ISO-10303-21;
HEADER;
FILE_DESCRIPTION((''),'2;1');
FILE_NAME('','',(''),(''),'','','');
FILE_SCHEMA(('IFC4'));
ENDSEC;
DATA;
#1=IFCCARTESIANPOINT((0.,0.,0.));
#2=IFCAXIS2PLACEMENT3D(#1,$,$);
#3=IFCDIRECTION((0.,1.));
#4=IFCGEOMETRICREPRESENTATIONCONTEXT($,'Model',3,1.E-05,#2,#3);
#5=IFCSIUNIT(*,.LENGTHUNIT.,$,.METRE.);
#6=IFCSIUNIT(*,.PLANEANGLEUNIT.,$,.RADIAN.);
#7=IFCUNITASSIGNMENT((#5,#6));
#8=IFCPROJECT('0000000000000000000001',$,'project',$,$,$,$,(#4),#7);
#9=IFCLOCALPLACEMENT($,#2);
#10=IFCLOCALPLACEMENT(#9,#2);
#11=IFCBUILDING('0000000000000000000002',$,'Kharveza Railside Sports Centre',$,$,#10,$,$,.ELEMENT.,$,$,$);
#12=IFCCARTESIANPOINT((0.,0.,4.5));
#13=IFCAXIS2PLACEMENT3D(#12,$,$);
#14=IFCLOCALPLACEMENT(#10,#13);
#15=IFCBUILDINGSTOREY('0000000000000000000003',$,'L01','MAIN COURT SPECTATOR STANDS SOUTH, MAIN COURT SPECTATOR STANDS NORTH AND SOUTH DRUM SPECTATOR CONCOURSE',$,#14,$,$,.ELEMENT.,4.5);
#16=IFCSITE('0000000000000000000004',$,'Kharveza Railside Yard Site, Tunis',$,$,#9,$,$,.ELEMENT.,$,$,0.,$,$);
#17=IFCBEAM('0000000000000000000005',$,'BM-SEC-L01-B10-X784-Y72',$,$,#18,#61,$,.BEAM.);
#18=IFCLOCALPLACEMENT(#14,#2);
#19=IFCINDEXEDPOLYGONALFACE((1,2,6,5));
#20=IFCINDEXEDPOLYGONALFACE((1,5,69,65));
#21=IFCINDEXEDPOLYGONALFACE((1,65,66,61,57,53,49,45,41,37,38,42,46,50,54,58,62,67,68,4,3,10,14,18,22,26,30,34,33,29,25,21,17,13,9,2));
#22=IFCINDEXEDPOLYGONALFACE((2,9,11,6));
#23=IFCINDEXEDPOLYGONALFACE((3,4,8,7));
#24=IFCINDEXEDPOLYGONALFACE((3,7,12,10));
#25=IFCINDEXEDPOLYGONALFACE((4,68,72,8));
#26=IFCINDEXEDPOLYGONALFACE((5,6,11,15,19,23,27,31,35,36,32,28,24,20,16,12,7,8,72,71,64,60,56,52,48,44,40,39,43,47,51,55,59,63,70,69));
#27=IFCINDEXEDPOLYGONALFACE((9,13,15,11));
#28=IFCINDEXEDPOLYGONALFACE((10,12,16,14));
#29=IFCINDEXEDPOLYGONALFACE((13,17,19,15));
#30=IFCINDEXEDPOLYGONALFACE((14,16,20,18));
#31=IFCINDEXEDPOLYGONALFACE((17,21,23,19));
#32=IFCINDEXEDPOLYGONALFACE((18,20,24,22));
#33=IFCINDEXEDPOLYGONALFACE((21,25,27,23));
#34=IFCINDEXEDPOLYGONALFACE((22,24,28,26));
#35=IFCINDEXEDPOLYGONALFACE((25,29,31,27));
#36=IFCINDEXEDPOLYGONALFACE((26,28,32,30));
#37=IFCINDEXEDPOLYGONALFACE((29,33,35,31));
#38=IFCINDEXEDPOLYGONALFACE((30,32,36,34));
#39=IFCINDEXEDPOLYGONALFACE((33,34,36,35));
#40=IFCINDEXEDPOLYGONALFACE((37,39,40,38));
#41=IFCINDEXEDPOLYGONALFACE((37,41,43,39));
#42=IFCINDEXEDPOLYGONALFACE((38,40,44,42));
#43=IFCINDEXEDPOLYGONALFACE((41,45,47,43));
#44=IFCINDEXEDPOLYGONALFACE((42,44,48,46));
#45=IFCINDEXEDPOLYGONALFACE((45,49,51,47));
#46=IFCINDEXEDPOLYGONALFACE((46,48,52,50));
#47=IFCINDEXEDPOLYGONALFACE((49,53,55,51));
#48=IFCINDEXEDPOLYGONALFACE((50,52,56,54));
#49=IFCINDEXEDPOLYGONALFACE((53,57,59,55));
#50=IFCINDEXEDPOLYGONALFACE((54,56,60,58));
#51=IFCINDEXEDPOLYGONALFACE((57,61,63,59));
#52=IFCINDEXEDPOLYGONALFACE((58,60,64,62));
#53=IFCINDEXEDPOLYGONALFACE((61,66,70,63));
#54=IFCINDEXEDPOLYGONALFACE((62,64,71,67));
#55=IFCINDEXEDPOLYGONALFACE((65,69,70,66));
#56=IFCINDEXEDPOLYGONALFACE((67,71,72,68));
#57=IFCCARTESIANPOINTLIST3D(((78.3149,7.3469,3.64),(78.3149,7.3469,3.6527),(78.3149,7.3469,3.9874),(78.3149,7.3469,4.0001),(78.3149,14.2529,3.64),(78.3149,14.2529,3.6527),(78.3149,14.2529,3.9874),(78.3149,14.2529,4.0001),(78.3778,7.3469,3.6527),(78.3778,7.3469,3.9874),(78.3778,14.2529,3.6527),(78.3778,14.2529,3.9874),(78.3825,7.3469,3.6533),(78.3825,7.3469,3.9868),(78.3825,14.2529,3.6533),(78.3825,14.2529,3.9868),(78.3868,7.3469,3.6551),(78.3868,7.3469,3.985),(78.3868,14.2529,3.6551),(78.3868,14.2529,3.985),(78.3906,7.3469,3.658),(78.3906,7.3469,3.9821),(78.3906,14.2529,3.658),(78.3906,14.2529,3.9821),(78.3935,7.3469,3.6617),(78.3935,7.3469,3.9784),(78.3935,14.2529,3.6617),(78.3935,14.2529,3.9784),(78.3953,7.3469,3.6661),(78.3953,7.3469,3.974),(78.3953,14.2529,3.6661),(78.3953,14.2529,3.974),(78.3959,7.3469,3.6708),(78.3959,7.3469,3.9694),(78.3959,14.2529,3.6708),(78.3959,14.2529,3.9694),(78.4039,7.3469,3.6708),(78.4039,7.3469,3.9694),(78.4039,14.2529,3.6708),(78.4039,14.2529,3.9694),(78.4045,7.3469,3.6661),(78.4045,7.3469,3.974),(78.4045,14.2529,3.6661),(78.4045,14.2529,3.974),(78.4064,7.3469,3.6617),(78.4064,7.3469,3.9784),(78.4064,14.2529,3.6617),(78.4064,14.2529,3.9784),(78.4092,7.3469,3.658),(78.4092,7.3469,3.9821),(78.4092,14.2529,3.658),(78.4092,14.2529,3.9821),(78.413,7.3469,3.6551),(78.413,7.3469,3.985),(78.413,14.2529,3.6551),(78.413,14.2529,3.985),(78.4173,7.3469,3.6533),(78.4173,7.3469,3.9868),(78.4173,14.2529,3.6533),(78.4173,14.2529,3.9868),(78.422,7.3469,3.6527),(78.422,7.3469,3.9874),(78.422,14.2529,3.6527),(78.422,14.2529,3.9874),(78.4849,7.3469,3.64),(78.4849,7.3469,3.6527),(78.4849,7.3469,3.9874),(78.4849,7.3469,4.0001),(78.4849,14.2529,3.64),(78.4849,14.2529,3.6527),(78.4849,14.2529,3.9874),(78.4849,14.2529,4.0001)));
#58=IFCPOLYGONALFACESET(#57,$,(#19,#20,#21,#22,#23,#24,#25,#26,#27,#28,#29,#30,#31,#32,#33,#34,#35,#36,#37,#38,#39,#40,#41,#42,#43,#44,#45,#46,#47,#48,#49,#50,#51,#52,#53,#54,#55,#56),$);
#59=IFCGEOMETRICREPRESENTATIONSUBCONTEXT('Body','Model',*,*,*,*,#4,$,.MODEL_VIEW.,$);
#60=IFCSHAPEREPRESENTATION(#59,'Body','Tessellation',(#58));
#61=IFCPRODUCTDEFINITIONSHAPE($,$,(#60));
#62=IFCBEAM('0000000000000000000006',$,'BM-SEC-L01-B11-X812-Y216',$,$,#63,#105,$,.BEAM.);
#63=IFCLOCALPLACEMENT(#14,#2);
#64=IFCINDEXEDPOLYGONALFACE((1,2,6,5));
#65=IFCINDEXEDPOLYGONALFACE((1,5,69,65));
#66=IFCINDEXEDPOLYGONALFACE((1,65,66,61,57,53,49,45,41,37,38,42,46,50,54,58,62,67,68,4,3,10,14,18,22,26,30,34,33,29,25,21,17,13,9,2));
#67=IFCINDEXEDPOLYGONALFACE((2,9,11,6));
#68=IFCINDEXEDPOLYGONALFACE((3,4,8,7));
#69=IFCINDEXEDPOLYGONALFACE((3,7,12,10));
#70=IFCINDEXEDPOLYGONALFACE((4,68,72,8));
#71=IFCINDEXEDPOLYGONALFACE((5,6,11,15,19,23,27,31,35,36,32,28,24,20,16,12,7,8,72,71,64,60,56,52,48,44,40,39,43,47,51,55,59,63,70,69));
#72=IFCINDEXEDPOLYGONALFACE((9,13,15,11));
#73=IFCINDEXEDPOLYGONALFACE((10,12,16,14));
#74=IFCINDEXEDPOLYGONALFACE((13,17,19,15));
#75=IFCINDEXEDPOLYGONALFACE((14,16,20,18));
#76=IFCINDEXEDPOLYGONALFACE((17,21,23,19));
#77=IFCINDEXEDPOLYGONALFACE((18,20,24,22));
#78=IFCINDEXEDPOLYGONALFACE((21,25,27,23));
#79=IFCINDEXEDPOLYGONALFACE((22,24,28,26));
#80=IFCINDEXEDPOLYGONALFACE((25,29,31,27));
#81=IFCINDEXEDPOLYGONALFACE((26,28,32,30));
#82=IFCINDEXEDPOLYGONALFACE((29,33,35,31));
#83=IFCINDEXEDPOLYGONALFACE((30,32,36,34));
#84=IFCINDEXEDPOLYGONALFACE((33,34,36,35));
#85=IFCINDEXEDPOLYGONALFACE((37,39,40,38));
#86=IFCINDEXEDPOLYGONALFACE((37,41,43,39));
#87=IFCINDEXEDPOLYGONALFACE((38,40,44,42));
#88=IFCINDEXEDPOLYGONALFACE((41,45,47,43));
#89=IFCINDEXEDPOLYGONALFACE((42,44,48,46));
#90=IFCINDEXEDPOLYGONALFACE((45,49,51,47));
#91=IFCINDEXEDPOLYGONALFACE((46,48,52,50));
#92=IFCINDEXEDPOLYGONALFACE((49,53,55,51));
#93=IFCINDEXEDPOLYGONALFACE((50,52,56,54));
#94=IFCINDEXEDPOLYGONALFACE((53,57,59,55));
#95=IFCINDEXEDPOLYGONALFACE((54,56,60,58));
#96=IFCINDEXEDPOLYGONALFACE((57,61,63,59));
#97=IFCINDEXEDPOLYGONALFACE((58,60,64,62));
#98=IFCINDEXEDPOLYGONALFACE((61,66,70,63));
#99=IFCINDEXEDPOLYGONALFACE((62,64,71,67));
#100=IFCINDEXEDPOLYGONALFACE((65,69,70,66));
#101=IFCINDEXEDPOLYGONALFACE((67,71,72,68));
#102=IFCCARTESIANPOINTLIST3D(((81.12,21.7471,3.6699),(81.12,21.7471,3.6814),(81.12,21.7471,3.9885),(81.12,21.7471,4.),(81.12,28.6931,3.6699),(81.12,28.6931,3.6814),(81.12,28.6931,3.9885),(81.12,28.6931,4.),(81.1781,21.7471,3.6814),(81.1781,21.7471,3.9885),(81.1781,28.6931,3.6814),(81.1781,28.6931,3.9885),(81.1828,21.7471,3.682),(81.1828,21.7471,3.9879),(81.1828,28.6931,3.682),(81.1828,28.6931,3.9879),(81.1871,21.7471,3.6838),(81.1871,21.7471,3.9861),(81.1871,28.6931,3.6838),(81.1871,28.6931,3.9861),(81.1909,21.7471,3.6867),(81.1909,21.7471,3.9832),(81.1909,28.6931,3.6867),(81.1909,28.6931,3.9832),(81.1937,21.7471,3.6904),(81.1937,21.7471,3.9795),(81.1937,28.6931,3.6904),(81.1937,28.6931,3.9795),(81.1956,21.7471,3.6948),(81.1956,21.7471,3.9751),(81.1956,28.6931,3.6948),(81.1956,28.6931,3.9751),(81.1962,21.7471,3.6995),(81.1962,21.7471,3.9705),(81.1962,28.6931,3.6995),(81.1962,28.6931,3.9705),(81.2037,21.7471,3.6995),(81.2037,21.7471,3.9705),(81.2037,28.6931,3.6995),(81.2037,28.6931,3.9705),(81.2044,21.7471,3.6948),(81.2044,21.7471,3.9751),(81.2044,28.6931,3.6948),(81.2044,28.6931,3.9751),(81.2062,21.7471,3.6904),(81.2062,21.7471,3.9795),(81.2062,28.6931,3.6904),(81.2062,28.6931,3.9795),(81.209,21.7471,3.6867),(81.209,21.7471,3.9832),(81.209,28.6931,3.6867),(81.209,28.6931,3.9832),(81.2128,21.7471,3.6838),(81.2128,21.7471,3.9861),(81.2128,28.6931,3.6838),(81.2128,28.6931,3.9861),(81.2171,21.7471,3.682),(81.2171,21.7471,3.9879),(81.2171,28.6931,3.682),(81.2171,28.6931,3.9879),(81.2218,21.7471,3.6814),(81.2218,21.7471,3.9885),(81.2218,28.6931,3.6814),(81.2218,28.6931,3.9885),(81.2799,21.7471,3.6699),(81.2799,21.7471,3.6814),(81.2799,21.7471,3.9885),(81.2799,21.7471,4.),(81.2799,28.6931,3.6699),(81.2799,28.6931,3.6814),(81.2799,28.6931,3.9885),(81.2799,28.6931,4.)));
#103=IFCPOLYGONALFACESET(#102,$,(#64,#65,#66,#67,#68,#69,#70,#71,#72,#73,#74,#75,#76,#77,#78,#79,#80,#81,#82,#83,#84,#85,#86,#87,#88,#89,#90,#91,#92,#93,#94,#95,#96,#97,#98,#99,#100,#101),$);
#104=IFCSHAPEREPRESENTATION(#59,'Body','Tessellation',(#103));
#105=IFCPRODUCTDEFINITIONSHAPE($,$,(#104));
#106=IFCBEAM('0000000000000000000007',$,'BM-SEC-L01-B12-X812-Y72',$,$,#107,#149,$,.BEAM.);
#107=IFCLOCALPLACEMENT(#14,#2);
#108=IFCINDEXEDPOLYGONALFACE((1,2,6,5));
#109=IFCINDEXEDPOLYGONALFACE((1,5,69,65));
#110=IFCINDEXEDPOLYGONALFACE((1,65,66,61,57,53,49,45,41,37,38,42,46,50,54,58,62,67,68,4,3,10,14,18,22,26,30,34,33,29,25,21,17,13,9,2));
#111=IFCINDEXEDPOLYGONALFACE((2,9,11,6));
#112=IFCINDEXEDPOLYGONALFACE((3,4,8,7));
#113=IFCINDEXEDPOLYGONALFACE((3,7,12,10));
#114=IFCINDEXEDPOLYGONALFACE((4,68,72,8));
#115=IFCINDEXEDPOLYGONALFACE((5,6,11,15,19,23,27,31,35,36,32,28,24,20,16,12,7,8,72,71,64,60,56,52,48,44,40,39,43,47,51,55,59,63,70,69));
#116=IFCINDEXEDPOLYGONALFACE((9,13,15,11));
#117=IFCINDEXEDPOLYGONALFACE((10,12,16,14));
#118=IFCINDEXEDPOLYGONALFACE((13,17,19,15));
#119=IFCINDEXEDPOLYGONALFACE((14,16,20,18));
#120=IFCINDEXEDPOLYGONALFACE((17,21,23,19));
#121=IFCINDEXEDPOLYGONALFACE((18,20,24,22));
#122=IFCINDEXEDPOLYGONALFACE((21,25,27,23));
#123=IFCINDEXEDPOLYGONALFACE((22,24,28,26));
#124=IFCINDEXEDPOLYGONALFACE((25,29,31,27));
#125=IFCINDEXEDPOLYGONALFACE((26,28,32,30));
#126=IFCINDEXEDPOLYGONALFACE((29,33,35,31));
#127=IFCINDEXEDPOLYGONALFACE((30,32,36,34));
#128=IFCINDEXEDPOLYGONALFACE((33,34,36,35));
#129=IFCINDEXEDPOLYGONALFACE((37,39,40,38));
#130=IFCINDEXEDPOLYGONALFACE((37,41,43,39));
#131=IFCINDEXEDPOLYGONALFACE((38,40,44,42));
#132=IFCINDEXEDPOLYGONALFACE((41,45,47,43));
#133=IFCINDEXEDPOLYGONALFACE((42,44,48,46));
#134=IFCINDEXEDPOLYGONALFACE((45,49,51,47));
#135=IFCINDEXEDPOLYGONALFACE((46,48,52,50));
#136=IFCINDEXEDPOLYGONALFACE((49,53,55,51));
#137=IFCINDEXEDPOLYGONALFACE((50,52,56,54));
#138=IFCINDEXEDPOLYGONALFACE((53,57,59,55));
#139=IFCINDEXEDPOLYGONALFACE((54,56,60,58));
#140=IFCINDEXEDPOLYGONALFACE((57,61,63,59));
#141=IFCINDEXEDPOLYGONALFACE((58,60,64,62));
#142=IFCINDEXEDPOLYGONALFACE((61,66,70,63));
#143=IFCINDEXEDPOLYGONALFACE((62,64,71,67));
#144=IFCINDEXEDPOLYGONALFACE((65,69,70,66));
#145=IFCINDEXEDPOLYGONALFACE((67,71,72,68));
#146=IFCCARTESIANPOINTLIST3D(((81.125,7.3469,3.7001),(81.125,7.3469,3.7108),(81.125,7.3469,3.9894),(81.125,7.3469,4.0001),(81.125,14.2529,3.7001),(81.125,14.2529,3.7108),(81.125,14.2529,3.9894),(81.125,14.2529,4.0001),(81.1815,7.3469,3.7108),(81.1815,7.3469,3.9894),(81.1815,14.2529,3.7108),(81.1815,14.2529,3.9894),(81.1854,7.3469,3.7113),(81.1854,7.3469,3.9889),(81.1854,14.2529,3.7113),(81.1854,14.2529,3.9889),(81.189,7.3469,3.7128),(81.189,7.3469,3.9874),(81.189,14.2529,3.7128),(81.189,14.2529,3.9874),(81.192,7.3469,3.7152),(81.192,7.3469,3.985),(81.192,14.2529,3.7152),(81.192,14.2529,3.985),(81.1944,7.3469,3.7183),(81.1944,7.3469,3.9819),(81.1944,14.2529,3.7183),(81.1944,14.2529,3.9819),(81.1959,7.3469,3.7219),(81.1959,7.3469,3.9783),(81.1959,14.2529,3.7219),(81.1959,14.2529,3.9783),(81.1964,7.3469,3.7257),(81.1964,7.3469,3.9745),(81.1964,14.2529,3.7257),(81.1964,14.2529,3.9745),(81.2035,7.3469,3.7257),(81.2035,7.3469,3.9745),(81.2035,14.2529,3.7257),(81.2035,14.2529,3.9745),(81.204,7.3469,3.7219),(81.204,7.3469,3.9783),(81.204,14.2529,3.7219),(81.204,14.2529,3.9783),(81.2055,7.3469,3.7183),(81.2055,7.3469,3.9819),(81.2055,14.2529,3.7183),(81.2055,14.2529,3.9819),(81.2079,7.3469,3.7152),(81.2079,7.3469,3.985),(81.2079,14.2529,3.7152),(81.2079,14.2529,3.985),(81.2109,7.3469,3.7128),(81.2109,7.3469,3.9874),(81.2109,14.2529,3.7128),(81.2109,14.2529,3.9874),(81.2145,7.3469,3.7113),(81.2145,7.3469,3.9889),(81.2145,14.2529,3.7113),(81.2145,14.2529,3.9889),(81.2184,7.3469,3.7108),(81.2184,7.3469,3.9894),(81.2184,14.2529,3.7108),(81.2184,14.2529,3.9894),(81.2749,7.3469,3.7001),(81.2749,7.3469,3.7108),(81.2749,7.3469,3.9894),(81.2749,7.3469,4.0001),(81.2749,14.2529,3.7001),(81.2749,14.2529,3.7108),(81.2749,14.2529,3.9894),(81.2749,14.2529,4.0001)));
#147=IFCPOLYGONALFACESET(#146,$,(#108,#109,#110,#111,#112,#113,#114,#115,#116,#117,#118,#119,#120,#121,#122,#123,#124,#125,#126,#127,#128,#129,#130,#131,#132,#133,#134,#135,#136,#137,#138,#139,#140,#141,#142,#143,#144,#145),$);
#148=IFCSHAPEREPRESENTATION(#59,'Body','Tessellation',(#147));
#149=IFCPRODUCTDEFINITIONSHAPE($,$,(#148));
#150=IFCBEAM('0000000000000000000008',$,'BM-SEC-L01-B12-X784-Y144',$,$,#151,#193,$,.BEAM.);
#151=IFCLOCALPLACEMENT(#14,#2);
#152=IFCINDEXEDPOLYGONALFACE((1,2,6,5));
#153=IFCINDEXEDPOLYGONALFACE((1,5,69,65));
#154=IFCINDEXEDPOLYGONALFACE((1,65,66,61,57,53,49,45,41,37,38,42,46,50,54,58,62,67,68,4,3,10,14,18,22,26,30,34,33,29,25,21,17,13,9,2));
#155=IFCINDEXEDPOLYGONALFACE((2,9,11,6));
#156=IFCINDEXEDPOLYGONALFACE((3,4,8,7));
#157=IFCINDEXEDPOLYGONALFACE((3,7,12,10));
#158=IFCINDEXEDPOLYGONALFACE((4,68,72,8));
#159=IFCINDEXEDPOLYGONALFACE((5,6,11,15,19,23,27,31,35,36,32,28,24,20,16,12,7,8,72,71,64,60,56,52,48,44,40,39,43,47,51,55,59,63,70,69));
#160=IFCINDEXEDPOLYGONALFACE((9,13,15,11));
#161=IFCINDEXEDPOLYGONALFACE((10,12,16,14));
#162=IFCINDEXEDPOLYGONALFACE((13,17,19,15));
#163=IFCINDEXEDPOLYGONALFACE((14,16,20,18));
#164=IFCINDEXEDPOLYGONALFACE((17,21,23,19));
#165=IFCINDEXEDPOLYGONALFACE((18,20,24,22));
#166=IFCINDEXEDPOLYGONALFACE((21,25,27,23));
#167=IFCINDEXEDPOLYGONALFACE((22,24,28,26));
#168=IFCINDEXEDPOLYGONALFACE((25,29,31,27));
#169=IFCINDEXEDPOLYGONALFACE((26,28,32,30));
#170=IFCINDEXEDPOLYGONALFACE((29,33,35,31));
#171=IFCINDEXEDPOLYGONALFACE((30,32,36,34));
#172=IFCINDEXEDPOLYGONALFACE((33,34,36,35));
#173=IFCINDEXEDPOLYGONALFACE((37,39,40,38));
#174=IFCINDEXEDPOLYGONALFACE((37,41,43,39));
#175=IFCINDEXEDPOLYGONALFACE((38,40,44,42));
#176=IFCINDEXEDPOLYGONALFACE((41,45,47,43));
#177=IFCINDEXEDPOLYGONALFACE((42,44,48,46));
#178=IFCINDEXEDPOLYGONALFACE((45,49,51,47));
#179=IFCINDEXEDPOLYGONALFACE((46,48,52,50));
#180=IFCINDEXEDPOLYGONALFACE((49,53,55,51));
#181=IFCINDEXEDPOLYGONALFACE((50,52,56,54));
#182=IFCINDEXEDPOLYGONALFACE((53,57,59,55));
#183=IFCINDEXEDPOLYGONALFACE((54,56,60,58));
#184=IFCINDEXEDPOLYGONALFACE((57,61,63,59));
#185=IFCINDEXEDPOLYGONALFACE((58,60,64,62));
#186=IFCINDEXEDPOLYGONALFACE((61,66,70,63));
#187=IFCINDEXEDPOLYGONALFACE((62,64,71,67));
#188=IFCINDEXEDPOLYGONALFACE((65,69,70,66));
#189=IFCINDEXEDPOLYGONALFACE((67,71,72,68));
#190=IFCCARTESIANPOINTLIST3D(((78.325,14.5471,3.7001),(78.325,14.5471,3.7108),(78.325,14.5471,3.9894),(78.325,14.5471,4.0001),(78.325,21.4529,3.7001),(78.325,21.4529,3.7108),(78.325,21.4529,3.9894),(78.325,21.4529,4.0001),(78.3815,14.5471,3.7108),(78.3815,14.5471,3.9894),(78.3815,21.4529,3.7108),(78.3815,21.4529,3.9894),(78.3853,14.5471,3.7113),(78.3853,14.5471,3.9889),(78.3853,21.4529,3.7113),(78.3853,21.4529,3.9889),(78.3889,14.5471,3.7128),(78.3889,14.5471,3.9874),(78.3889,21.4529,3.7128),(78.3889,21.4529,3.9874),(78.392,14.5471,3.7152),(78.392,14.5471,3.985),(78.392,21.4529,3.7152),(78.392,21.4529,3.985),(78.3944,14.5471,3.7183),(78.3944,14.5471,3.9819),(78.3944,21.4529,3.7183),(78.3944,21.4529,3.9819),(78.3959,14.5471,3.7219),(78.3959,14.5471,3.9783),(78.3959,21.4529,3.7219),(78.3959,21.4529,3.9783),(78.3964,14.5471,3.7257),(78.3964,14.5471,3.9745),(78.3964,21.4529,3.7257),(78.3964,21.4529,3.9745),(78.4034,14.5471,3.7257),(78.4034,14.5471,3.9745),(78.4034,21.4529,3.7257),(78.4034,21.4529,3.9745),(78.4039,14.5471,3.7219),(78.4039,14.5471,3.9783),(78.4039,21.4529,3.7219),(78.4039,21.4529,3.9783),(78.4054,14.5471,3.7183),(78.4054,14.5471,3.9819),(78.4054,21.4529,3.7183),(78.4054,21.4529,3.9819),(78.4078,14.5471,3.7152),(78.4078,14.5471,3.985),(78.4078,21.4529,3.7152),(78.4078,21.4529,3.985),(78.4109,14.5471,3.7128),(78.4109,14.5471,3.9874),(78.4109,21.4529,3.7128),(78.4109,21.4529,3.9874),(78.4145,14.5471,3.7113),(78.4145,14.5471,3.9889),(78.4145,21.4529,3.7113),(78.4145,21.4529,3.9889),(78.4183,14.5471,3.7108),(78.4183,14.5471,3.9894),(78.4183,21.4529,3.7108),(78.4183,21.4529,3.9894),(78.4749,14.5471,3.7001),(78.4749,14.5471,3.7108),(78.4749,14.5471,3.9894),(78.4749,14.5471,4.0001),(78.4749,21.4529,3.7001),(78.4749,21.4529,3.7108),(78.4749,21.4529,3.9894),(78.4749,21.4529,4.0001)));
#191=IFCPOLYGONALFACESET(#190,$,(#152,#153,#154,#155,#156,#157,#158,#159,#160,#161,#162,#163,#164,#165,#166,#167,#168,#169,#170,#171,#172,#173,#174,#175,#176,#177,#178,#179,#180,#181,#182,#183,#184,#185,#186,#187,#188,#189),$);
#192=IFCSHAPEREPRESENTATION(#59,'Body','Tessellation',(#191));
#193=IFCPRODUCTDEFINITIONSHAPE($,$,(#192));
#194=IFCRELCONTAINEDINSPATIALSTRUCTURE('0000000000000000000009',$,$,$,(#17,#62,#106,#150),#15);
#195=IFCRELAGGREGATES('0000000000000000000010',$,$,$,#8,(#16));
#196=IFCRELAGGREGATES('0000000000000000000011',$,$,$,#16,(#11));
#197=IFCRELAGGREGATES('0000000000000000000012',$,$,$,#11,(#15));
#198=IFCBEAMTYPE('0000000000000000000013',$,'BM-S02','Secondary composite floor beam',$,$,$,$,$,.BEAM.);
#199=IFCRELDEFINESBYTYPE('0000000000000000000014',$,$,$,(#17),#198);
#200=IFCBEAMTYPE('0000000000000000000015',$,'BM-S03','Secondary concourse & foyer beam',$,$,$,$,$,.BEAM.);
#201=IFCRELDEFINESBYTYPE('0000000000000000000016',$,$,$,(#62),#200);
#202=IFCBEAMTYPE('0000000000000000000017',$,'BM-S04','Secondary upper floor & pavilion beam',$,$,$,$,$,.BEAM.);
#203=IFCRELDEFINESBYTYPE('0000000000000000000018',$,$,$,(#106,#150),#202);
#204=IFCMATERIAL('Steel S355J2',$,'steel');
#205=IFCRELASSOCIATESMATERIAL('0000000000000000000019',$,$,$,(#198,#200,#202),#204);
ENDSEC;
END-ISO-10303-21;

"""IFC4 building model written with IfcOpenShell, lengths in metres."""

from ifc_helpers import new_model, si_unit, direction, frame, origin, origin_2d, place, context, subcontext, project, spatial, i_section, extrude, material, material_profile, profile_set, type_object, element, save


model = new_model("IFC4")

# Units and contexts
model_context = context("Model", 3, precision=1e-05, world=origin(), true_north=direction((0.0, 1.0)))
body_context = subcontext(model_context, "Body", "Model", "MODEL_VIEW")
ifc_project = project(units=[si_unit("LENGTHUNIT", "METRE"), si_unit("PLANEANGLEUNIT", "RADIAN")], contexts=[model_context])

# Site, building, storey
site_placement = place(None, origin())
site = spatial("IfcSite", under=ifc_project, at=site_placement, Name="Kharveza Railside Yard Site, Tunis", CompositionType="ELEMENT", RefElevation=0.0)
building_placement = place(site_placement, origin())
building = spatial("IfcBuilding", under=site, at=building_placement, Name="Kharveza Railside Sports Centre", CompositionType="ELEMENT")
storey_placement = place(building_placement, frame((0.0, 0.0, 4.5)))
storey = spatial("IfcBuildingStorey", under=building, at=storey_placement, Name="L01", Description="MAIN COURT SPECTATOR STANDS SOUTH, MAIN COURT SPECTATOR STANDS NORTH AND SOUTH DRUM SPECTATOR CONCOURSE", CompositionType="ELEMENT", Elevation=4.5)

# Shared definitions
ifc_material_1 = material(Name="Steel S355J2", Category="steel")

# Beams
ifc_material_profile_1 = material_profile(ifc_material_1, i_section(OverallWidth=0.1699, OverallDepth=0.3601, WebThickness=0.0081, FlangeThickness=0.0127, FilletRadius=0.0181, at=origin_2d()), Name="IPE 360")
ifc_profile_set_1 = profile_set([ifc_material_profile_1], Name="Steel S355J2")
beam_type_1 = type_object("IfcBeamType", Name="BM-S02", Description="Secondary composite floor beam", PredefinedType="BEAM", material=ifc_profile_set_1)
beam_1_placement = place(storey_placement, frame((78.3999, 7.3469, 3.8201), z_axis=(0.0, 1.0, 0.0), x_axis=(-1.0, 0.0, 0.0)))
element("IfcBeam", 1, at=beam_1_placement, inside=storey, type_object=beam_type_1, Name="BM-SEC-L01-B10-X784-Y72", PredefinedType="BEAM", context=body_context, shape_type="SweptSolid", body=[
    extrude(i_section(OverallWidth=0.1699, OverallDepth=0.3601, WebThickness=0.0081, FlangeThickness=0.0127, FilletRadius=0.0181, at=origin_2d()), origin(), (0.0, 0.0, 1.0), 6.906),
])
ifc_material_profile_2 = material_profile(ifc_material_1, i_section(OverallWidth=0.1599, OverallDepth=0.3301, WebThickness=0.0076, FlangeThickness=0.0115, FilletRadius=0.0181, at=origin_2d()), Name="IPE 330")
ifc_profile_set_2 = profile_set([ifc_material_profile_2], Name="Steel S355J2")
beam_type_2 = type_object("IfcBeamType", Name="BM-S03", Description="Secondary concourse & foyer beam", PredefinedType="BEAM", material=ifc_profile_set_2)
beam_2_placement = place(storey_placement, frame((81.2, 21.7471, 3.835), z_axis=(0.0, 1.0, 0.0), x_axis=(-1.0, 0.0, 0.0)))
element("IfcBeam", 2, at=beam_2_placement, inside=storey, type_object=beam_type_2, Name="BM-SEC-L01-B11-X812-Y216", PredefinedType="BEAM", context=body_context, shape_type="SweptSolid", body=[
    extrude(i_section(OverallWidth=0.1599, OverallDepth=0.3301, WebThickness=0.0076, FlangeThickness=0.0115, FilletRadius=0.0181, at=origin_2d()), origin(), (0.0, 0.0, 1.0), 6.946),
])
ifc_material_profile_3 = material_profile(ifc_material_1, i_section(OverallWidth=0.1499, OverallDepth=0.3, WebThickness=0.0071, FlangeThickness=0.0107, FilletRadius=0.0149, at=origin_2d()), Name="IPE 300")
ifc_profile_set_3 = profile_set([ifc_material_profile_3], Name="Steel S355J2")
beam_type_3 = type_object("IfcBeamType", Name="BM-S04", Description="Secondary upper floor & pavilion beam", PredefinedType="BEAM", material=ifc_profile_set_3)
beam_3_placement = place(storey_placement, frame((81.2, 7.3469, 3.8501), z_axis=(0.0, 1.0, 0.0), x_axis=(-1.0, 0.0, 0.0)))
element("IfcBeam", 3, at=beam_3_placement, inside=storey, type_object=beam_type_3, Name="BM-SEC-L01-B12-X812-Y72", PredefinedType="BEAM", context=body_context, shape_type="SweptSolid", body=[
    extrude(i_section(OverallWidth=0.1499, OverallDepth=0.3, WebThickness=0.0071, FlangeThickness=0.0107, FilletRadius=0.0149, at=origin_2d()), origin(), (0.0, 0.0, 1.0), 6.906),
])
beam_4_placement = place(storey_placement, frame((78.3999, 14.5471, 3.8501), z_axis=(0.0, 1.0, 0.0), x_axis=(-1.0, 0.0, 0.0)))
element("IfcBeam", 4, at=beam_4_placement, inside=storey, type_object=beam_type_3, Name="BM-SEC-L01-B12-X784-Y144", PredefinedType="BEAM", context=body_context, shape_type="SweptSolid", body=[
    extrude(i_section(OverallWidth=0.1499, OverallDepth=0.3, WebThickness=0.0071, FlangeThickness=0.0107, FilletRadius=0.0149, at=origin_2d()), origin(), (0.0, 0.0, 1.0), 6.9058),
])

save(model, "model.ifc")
